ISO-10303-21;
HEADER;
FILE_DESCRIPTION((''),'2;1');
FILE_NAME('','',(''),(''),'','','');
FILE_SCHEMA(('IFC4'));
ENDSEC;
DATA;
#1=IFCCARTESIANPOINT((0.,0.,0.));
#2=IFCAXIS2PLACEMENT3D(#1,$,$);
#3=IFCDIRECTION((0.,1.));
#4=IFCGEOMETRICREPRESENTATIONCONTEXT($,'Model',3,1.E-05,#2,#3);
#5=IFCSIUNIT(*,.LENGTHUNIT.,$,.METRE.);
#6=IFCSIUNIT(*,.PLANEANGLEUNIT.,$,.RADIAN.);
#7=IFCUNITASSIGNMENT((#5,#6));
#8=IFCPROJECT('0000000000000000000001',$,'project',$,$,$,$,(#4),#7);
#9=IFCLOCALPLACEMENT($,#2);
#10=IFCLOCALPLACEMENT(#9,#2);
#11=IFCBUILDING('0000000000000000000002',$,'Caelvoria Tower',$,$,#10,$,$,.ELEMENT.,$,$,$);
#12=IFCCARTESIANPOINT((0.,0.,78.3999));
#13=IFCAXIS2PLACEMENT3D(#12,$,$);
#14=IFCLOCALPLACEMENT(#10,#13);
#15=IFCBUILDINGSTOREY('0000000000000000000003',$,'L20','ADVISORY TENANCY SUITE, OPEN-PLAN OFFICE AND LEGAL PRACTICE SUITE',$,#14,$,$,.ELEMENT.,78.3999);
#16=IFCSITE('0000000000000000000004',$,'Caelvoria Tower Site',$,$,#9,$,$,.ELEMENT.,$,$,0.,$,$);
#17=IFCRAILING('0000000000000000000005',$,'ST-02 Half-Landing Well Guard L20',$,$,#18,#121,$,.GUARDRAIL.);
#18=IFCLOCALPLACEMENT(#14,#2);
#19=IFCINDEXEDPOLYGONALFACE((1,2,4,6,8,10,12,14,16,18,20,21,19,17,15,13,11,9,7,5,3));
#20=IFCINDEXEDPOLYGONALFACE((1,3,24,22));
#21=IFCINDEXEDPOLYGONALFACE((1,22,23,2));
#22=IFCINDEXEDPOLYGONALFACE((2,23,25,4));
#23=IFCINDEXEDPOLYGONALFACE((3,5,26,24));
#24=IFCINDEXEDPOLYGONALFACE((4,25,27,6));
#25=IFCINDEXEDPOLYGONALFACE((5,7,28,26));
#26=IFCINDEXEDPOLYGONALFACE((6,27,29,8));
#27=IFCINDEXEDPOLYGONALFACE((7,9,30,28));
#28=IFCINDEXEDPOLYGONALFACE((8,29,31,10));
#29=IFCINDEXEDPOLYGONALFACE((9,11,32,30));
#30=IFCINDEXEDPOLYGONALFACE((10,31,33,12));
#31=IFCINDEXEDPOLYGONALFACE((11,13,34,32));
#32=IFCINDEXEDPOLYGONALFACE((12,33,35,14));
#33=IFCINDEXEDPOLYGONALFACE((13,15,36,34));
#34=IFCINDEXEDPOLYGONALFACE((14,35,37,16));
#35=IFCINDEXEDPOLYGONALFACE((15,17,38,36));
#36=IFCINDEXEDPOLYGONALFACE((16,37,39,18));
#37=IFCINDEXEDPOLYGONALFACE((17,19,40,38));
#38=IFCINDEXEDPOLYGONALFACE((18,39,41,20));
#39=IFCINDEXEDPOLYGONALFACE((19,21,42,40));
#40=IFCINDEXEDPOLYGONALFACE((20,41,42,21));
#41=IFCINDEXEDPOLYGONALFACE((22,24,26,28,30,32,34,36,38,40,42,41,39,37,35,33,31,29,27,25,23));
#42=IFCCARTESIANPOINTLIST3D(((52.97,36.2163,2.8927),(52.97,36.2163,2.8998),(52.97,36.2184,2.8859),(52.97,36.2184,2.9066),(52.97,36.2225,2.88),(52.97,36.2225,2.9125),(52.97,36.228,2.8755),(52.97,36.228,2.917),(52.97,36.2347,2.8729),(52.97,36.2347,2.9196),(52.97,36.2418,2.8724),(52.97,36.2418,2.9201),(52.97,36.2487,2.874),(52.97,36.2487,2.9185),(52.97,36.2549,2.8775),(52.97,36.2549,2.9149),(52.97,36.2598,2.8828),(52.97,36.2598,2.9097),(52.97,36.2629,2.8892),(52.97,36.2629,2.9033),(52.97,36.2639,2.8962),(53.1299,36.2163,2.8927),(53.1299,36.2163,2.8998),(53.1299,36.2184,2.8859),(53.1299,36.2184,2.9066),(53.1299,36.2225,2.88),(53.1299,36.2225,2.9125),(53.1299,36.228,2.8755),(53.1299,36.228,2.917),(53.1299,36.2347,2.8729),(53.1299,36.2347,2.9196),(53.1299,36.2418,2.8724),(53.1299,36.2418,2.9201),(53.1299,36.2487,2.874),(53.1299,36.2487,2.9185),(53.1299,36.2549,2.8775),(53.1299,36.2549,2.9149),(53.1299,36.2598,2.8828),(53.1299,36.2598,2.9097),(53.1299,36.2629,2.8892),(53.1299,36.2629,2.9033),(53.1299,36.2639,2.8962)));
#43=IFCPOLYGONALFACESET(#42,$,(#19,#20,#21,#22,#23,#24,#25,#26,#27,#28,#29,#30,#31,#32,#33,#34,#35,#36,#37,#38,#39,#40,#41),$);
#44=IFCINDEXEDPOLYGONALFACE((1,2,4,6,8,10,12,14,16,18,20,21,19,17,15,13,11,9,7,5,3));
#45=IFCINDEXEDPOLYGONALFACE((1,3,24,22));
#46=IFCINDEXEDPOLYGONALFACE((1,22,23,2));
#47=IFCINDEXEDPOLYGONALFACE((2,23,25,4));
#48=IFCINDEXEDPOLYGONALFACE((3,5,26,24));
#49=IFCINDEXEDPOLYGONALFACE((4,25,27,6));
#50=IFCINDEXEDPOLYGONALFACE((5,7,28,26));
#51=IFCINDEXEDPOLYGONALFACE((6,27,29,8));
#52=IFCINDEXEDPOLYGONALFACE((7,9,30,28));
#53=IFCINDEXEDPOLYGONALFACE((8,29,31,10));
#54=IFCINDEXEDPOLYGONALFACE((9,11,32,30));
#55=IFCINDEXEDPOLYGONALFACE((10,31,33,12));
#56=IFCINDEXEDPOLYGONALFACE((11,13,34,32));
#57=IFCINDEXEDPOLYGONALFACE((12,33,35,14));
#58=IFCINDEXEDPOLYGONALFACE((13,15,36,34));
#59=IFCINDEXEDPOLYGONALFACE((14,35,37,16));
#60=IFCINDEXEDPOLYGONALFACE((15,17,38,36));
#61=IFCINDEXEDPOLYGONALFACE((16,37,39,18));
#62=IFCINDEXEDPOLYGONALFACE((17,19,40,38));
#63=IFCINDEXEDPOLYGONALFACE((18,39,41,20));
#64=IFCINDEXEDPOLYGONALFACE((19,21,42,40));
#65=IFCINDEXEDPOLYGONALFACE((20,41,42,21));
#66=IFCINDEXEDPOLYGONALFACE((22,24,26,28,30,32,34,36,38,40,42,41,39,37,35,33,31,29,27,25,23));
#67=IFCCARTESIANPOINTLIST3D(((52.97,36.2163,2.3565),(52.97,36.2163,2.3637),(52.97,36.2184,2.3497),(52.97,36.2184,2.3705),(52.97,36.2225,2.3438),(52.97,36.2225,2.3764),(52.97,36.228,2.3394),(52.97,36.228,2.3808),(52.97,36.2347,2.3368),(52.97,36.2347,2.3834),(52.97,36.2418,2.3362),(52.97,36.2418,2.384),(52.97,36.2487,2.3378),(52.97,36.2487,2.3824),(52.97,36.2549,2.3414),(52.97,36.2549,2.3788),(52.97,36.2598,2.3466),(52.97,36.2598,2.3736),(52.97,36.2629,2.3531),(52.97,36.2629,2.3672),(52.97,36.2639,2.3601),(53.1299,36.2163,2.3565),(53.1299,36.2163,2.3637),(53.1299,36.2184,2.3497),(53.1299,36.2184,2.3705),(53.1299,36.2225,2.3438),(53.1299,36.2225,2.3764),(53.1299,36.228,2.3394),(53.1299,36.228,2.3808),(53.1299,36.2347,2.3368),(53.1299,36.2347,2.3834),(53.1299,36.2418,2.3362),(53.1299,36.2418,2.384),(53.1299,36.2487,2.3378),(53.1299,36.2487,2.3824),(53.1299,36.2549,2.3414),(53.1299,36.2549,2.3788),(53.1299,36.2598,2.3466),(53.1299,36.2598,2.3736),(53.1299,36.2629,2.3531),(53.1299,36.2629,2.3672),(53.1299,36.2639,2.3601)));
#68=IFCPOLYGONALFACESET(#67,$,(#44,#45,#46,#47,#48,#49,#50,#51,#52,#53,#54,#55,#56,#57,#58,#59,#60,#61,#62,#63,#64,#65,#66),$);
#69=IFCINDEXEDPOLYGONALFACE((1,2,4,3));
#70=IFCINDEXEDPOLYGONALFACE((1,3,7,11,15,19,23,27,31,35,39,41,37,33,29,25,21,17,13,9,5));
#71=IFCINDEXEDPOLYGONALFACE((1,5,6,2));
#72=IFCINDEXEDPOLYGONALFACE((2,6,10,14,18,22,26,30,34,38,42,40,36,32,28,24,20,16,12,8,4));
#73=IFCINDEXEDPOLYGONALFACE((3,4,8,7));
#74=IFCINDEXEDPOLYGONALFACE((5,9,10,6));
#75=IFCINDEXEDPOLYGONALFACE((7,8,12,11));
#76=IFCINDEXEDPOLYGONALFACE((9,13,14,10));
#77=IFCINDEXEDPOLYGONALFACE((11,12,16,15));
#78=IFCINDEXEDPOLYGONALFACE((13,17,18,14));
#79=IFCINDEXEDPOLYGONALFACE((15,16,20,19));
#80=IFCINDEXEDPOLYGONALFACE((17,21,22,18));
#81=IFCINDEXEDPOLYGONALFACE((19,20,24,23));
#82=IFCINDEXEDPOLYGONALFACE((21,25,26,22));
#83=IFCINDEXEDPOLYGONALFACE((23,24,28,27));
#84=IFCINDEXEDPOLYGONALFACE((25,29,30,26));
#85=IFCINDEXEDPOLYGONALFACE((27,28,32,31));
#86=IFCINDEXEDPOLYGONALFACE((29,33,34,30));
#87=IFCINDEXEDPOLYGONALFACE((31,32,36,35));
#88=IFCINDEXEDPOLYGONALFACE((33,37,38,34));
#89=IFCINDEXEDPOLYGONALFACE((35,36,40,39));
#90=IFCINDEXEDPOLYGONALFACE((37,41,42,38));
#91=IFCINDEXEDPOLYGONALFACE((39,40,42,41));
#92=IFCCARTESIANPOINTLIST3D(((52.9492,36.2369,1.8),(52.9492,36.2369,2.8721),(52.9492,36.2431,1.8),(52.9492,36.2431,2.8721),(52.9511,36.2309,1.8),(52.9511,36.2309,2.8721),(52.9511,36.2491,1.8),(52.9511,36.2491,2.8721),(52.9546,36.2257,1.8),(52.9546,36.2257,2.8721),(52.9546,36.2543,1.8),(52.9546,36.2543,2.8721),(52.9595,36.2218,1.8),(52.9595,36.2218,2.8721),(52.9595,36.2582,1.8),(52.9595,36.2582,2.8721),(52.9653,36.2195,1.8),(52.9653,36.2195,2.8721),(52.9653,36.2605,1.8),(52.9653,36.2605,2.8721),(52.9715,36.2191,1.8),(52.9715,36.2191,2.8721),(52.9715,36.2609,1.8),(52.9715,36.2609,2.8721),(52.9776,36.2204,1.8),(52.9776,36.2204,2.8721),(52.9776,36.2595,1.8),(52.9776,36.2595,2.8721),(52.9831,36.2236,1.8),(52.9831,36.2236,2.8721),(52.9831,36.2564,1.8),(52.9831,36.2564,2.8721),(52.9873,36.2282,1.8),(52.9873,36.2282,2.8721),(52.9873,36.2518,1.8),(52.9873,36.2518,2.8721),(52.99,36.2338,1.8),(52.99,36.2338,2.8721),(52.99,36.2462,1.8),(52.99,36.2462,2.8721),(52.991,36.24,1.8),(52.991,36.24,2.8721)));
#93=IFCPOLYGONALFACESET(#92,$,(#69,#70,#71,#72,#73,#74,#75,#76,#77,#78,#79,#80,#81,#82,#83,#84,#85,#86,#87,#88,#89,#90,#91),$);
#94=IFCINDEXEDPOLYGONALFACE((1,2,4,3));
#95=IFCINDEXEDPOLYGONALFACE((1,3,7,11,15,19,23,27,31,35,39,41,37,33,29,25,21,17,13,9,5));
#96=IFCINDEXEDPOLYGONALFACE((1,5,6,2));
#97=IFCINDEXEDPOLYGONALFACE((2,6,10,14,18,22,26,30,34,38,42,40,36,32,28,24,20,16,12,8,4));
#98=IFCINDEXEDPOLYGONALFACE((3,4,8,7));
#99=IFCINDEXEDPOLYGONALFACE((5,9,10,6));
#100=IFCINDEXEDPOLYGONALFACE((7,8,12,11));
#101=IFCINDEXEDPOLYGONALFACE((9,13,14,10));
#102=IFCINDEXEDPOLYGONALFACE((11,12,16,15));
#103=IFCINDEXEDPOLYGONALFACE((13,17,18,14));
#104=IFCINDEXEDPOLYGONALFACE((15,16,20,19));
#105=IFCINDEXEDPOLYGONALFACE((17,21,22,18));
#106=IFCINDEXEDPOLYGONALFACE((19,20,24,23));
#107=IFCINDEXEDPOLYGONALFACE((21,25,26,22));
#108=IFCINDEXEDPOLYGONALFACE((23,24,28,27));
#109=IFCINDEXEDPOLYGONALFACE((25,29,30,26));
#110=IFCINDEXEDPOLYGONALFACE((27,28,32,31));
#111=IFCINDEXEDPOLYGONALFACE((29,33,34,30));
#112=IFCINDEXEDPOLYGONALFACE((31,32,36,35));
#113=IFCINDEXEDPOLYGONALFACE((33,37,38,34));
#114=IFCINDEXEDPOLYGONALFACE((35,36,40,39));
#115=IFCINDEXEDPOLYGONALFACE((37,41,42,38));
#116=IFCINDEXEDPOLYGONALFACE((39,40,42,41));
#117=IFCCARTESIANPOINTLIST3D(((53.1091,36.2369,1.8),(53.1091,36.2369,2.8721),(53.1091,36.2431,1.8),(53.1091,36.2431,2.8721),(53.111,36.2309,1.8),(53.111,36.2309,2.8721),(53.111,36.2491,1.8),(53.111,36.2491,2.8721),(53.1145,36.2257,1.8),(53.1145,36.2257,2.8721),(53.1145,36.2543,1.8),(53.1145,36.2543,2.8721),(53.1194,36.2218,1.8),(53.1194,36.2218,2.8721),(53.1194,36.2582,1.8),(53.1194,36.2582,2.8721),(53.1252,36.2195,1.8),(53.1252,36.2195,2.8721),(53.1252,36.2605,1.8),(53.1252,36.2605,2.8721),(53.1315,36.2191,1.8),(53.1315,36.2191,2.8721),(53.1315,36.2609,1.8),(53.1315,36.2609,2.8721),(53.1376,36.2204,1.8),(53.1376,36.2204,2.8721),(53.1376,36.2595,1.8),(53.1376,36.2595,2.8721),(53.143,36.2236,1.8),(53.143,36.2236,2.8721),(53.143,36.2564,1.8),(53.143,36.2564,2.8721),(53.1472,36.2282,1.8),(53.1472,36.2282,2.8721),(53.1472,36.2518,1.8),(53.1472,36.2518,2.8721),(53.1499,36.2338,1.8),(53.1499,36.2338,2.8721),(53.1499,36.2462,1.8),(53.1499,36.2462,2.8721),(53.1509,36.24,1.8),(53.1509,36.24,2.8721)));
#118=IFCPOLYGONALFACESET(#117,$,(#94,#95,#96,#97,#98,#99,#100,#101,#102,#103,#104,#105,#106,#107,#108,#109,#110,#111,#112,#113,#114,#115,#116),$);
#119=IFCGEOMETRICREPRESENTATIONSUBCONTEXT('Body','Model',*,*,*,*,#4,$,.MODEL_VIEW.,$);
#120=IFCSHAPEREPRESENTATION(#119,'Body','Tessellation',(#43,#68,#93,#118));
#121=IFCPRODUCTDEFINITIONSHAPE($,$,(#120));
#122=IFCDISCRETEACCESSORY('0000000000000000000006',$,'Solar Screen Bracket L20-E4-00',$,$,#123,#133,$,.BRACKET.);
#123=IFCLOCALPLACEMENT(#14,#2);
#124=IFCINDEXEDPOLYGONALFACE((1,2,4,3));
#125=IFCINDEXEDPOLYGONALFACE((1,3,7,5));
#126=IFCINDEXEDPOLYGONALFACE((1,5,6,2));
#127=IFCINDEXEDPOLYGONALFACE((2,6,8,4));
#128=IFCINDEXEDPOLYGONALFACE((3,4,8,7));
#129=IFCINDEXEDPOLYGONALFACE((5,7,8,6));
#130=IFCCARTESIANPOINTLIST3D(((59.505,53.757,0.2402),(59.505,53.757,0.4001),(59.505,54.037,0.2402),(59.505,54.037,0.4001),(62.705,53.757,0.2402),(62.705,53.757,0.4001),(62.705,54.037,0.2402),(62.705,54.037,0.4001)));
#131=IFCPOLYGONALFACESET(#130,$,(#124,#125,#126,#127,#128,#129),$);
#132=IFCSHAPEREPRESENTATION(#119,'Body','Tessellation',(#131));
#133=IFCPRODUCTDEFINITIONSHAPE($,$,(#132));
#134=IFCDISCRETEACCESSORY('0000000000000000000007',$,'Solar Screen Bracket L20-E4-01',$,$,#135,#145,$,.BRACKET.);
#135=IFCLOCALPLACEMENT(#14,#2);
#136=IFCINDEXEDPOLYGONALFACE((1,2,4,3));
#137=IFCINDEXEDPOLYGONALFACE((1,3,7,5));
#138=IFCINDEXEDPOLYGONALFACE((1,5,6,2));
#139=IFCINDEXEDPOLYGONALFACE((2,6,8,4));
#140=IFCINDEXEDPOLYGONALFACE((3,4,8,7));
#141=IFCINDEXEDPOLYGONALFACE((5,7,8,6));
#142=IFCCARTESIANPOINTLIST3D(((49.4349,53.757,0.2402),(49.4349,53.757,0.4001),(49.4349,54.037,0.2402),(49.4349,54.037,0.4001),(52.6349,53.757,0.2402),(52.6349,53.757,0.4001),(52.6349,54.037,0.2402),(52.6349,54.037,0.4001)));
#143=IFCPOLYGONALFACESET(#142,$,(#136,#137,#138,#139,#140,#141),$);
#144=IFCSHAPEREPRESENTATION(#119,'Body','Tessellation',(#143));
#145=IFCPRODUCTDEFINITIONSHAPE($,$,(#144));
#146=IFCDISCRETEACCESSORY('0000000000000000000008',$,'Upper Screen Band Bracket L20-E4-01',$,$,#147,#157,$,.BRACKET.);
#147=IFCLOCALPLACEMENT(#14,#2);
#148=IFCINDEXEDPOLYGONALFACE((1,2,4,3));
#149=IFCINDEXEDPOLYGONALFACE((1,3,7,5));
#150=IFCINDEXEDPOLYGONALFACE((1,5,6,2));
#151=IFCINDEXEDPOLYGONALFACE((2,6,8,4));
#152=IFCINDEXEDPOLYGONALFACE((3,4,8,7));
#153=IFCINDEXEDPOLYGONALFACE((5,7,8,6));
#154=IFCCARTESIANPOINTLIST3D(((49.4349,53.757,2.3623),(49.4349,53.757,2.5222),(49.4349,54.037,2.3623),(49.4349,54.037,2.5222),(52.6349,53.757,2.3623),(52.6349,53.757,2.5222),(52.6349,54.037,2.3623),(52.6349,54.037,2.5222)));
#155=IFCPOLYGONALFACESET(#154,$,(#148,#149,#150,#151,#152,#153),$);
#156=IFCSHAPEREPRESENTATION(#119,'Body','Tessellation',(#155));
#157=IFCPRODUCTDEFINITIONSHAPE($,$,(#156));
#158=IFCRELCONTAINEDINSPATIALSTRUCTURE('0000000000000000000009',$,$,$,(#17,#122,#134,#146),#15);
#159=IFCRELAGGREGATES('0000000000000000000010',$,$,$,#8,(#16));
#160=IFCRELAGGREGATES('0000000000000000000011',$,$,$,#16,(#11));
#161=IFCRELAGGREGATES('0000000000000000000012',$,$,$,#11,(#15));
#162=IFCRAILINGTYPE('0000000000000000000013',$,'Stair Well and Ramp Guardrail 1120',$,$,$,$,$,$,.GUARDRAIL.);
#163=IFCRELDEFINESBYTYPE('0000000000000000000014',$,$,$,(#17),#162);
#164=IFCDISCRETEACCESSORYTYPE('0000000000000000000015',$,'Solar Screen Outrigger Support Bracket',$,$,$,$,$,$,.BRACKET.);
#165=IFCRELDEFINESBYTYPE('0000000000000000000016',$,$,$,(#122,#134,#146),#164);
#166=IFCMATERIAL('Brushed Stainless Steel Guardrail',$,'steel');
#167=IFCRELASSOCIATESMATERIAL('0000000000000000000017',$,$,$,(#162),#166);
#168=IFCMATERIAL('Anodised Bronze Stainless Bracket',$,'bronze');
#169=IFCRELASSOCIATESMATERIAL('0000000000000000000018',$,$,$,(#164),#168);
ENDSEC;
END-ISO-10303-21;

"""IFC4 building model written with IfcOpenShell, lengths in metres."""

from ifc_helpers import new_model, si_unit, direction, frame, origin, origin_2d, place, context, subcontext, project, spatial, rectangle, circle, extrude, material, type_object, element, save


model = new_model("IFC4")

# Units and contexts
model_context = context("Model", 3, precision=1e-05, world=origin(), true_north=direction((0.0, 1.0)))
body_context = subcontext(model_context, "Body", "Model", "MODEL_VIEW")
ifc_project = project(units=[si_unit("LENGTHUNIT", "METRE"), si_unit("PLANEANGLEUNIT", "RADIAN")], contexts=[model_context])

# Site, building, storey
site_placement = place(None, origin())
site = spatial("IfcSite", under=ifc_project, at=site_placement, Name="Caelvoria Tower Site", CompositionType="ELEMENT", RefElevation=0.0)
building_placement = place(site_placement, origin())
building = spatial("IfcBuilding", under=site, at=building_placement, Name="Caelvoria Tower", CompositionType="ELEMENT")
storey_placement = place(building_placement, frame((0.0, 0.0, 78.3999)))
storey = spatial("IfcBuildingStorey", under=building, at=storey_placement, Name="L20", Description="ADVISORY TENANCY SUITE, OPEN-PLAN OFFICE AND LEGAL PRACTICE SUITE", CompositionType="ELEMENT", Elevation=78.3999)

# Railing
ifc_material_1 = material(Name="Brushed Stainless Steel Guardrail", Category="steel")
railing_type_1 = type_object("IfcRailingType", Name="Stair Well and Ramp Guardrail 1120", PredefinedType="GUARDRAIL", material=ifc_material_1)
railing_1_placement = place(storey_placement, frame((52.97, 36.24, 1.8)))
element("IfcRailing", 1, at=railing_1_placement, inside=storey, type_object=railing_type_1, Name="ST-02 Half-Landing Well Guard L20", PredefinedType="GUARDRAIL", context=body_context, shape_type="SweptSolid", body=[
    extrude(circle(Radius=0.0239, at=origin_2d()), frame((0.0, 0.0, 1.0962), z_axis=(1.0, 0.0, 0.0), x_axis=(0.0, 1.0, 0.0)), (0.0, 0.0, 1.0), 0.1599),
    extrude(circle(Radius=0.0239, at=origin_2d()), frame((0.0, 0.0, 0.5601), z_axis=(1.0, 0.0, 0.0), x_axis=(0.0, 1.0, 0.0)), (0.0, 0.0, 1.0), 0.1599),
    extrude(circle(Radius=0.021, at=origin_2d()), origin(), (0.0, 0.0, 1.0), 1.072),
    extrude(circle(Radius=0.021, at=origin_2d()), frame((0.1599, 0.0, 0.0)), (0.0, 0.0, 1.0), 1.072),
])

# Discrete accessories
ifc_material_2 = material(Name="Anodised Bronze Stainless Bracket", Category="bronze")
discrete_accessory_type = type_object("IfcDiscreteAccessoryType", Name="Solar Screen Outrigger Support Bracket", PredefinedType="BRACKET", material=ifc_material_2)
for number, where, z_axis, x_axis, name in (
    (2, (61.105, 53.897, 0.2402), (0.0, 0.0, 1.0), (-1.0, 0.0, 0.0), "Solar Screen Bracket L20-E4-00"),
    (3, (51.0349, 53.897, 0.2402), (0.0, 0.0, 1.0), (-1.0, 0.0, 0.0), "Solar Screen Bracket L20-E4-01"),
    (4, (51.0349, 53.897, 2.3623), (0.0, 0.0, 1.0), (-1.0, 0.0, 0.0), "Upper Screen Band Bracket L20-E4-01"),
):
    element("IfcDiscreteAccessory", number, at=place(storey_placement, frame(where, z_axis=z_axis, x_axis=x_axis)), inside=storey, type_object=discrete_accessory_type, Name=name, PredefinedType="BRACKET", context=body_context, shape_type="SweptSolid", body=[
        extrude(rectangle(XDim=3.2, YDim=0.28, at=origin_2d()), origin(), (0.0, 0.0, 1.0), 0.1599),
    ])

save(model, "model.ifc")
